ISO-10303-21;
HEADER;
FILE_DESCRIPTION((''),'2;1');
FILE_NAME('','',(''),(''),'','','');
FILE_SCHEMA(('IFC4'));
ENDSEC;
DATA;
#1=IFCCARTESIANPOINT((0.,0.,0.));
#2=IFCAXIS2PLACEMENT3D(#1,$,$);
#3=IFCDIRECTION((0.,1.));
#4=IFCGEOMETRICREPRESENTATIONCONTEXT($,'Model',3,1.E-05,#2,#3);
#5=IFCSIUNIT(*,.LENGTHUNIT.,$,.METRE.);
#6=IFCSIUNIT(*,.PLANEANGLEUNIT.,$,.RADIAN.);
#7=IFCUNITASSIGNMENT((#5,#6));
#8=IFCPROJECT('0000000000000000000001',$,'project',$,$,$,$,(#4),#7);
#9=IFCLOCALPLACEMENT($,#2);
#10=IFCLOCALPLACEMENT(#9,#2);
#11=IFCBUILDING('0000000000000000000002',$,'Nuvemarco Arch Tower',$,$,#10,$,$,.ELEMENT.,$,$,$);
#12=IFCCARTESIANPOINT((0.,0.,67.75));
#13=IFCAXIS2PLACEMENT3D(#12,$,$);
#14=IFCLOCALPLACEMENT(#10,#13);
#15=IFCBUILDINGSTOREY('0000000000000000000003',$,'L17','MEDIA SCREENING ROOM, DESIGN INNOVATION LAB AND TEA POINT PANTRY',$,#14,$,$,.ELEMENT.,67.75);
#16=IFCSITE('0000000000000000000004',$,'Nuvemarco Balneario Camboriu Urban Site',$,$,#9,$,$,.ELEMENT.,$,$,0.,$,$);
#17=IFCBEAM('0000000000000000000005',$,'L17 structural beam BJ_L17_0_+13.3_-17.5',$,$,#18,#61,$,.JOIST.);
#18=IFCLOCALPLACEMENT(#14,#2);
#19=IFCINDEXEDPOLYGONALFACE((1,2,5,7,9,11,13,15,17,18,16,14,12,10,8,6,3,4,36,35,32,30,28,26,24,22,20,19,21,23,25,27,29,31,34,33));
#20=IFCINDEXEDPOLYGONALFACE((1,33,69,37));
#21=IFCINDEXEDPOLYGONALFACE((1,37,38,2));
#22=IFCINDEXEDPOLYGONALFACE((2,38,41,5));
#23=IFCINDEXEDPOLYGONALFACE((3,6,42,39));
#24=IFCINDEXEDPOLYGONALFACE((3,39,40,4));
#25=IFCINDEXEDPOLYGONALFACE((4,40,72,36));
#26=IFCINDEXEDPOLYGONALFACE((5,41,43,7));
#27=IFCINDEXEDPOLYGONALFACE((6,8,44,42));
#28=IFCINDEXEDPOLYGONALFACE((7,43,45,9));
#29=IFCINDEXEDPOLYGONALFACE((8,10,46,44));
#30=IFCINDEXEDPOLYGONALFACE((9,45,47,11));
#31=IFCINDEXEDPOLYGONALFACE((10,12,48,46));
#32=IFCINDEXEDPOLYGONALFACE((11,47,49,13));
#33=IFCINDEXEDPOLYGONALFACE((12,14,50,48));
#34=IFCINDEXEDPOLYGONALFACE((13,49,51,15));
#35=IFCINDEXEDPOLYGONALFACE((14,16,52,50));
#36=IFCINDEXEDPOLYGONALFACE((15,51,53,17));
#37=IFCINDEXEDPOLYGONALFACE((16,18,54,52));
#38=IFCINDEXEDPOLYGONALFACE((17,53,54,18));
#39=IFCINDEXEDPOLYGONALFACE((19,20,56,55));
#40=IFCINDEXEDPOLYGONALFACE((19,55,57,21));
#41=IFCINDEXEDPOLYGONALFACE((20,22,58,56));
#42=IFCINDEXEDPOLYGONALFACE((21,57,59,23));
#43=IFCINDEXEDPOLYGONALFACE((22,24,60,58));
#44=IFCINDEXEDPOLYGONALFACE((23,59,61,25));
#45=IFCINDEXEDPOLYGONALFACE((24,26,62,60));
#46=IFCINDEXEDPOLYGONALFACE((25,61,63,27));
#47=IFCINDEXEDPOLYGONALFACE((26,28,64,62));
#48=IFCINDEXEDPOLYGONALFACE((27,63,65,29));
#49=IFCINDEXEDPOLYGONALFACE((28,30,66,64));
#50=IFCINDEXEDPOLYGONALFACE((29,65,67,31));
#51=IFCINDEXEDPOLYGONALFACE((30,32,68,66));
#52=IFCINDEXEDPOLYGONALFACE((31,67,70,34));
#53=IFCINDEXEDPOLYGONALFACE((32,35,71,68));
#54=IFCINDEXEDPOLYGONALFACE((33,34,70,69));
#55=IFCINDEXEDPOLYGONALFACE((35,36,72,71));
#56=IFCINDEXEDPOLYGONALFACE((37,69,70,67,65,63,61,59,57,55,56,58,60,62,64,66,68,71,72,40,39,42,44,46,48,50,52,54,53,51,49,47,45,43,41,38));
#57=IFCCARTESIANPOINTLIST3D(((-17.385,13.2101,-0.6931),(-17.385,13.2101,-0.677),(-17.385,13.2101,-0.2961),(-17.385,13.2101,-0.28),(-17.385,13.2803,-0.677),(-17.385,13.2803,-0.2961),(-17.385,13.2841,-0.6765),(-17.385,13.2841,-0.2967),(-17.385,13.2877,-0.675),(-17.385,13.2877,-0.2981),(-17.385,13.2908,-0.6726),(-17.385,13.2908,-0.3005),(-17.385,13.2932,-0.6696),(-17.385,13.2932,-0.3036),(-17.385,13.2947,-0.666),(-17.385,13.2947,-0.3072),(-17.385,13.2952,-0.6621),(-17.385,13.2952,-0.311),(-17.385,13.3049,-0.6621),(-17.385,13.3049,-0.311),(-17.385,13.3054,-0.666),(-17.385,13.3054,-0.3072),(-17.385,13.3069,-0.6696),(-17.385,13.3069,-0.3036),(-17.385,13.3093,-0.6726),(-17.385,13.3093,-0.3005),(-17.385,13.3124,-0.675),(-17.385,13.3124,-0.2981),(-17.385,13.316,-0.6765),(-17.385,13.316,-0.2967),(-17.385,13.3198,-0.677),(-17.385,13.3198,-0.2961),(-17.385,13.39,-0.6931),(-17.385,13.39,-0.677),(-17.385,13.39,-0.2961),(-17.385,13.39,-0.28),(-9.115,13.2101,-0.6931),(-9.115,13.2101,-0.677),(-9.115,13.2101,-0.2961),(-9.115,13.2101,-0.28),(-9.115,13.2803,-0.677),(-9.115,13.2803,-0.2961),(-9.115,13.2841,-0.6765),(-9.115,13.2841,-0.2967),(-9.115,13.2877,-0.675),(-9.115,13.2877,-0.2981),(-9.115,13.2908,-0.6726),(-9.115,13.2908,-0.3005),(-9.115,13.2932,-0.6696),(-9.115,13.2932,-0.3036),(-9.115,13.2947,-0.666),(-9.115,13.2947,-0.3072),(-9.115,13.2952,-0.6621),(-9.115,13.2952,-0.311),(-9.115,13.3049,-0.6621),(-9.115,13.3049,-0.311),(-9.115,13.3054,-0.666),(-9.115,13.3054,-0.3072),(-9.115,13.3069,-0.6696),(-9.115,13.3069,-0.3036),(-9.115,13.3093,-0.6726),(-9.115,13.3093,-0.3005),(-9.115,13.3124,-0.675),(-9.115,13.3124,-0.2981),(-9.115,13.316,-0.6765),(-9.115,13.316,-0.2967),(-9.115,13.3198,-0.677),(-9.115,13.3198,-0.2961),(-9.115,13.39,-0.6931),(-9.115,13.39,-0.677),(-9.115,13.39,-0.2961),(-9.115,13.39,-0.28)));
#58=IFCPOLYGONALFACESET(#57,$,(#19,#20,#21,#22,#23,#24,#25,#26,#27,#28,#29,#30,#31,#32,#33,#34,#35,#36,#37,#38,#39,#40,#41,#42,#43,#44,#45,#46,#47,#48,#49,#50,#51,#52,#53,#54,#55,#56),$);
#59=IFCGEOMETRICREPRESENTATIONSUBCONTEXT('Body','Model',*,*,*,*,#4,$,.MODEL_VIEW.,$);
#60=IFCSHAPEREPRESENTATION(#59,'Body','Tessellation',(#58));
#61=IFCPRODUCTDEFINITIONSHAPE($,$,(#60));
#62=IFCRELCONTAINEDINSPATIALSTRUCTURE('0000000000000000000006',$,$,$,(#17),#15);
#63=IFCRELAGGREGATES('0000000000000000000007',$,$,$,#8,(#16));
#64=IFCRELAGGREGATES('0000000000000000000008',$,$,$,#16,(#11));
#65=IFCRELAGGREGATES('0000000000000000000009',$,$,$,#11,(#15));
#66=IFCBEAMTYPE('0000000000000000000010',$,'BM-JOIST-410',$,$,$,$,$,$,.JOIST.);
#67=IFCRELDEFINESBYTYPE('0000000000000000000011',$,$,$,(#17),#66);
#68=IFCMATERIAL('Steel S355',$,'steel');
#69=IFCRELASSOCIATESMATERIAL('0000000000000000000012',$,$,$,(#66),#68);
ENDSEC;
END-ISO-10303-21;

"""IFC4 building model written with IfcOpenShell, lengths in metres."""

from ifc_helpers import new_model, si_unit, direction, frame, origin, origin_2d, place, context, subcontext, project, spatial, i_section, extrude, material, material_profile, profile_set, type_object, element, save


model = new_model("IFC4")

# Units and contexts
model_context = context("Model", 3, precision=1e-05, world=origin(), true_north=direction((0.0, 1.0)))
body_context = subcontext(model_context, "Body", "Model", "MODEL_VIEW")
ifc_project = project(units=[si_unit("LENGTHUNIT", "METRE"), si_unit("PLANEANGLEUNIT", "RADIAN")], contexts=[model_context])

# Site, building, storey
site_placement = place(None, origin())
site = spatial("IfcSite", under=ifc_project, at=site_placement, Name="Nuvemarco Balneario Camboriu Urban Site", CompositionType="ELEMENT", RefElevation=0.0)
building_placement = place(site_placement, origin())
building = spatial("IfcBuilding", under=site, at=building_placement, Name="Nuvemarco Arch Tower", CompositionType="ELEMENT")
storey_placement = place(building_placement, frame((0.0, 0.0, 67.75)))
storey = spatial("IfcBuildingStorey", under=building, at=storey_placement, Name="L17", Description="MEDIA SCREENING ROOM, DESIGN INNOVATION LAB AND TEA POINT PANTRY", CompositionType="ELEMENT", Elevation=67.75)

# Shared definitions
ifc_material_1 = material(Name="Steel S355", Category="steel")

# Beam
ifc_material_profile_1 = material_profile(ifc_material_1, i_section(OverallWidth=0.1799, OverallDepth=0.4131, WebThickness=0.0098, FlangeThickness=0.0161, FilletRadius=0.0149, at=origin_2d()), Name="W410x75")
ifc_profile_set_1 = profile_set([ifc_material_profile_1], Name="Steel S355")
beam_type_1 = type_object("IfcBeamType", Name="BM-JOIST-410", PredefinedType="JOIST", material=ifc_profile_set_1)
beam_1_placement = place(storey_placement, frame((-17.385, 13.3, -0.4866), z_axis=(1.0, 0.0, 0.0), x_axis=(0.0, 1.0, 0.0)))
element("IfcBeam", 1, at=beam_1_placement, inside=storey, type_object=beam_type_1, Name="L17 structural beam BJ_L17_0_+13.3_-17.5", PredefinedType="JOIST", context=body_context, shape_type="SweptSolid", body=[
    extrude(i_section(OverallWidth=0.1799, OverallDepth=0.4131, WebThickness=0.0098, FlangeThickness=0.0161, FilletRadius=0.0149, at=origin_2d()), origin(), (0.0, 0.0, 1.0), 8.27),
])

save(model, "model.ifc")
